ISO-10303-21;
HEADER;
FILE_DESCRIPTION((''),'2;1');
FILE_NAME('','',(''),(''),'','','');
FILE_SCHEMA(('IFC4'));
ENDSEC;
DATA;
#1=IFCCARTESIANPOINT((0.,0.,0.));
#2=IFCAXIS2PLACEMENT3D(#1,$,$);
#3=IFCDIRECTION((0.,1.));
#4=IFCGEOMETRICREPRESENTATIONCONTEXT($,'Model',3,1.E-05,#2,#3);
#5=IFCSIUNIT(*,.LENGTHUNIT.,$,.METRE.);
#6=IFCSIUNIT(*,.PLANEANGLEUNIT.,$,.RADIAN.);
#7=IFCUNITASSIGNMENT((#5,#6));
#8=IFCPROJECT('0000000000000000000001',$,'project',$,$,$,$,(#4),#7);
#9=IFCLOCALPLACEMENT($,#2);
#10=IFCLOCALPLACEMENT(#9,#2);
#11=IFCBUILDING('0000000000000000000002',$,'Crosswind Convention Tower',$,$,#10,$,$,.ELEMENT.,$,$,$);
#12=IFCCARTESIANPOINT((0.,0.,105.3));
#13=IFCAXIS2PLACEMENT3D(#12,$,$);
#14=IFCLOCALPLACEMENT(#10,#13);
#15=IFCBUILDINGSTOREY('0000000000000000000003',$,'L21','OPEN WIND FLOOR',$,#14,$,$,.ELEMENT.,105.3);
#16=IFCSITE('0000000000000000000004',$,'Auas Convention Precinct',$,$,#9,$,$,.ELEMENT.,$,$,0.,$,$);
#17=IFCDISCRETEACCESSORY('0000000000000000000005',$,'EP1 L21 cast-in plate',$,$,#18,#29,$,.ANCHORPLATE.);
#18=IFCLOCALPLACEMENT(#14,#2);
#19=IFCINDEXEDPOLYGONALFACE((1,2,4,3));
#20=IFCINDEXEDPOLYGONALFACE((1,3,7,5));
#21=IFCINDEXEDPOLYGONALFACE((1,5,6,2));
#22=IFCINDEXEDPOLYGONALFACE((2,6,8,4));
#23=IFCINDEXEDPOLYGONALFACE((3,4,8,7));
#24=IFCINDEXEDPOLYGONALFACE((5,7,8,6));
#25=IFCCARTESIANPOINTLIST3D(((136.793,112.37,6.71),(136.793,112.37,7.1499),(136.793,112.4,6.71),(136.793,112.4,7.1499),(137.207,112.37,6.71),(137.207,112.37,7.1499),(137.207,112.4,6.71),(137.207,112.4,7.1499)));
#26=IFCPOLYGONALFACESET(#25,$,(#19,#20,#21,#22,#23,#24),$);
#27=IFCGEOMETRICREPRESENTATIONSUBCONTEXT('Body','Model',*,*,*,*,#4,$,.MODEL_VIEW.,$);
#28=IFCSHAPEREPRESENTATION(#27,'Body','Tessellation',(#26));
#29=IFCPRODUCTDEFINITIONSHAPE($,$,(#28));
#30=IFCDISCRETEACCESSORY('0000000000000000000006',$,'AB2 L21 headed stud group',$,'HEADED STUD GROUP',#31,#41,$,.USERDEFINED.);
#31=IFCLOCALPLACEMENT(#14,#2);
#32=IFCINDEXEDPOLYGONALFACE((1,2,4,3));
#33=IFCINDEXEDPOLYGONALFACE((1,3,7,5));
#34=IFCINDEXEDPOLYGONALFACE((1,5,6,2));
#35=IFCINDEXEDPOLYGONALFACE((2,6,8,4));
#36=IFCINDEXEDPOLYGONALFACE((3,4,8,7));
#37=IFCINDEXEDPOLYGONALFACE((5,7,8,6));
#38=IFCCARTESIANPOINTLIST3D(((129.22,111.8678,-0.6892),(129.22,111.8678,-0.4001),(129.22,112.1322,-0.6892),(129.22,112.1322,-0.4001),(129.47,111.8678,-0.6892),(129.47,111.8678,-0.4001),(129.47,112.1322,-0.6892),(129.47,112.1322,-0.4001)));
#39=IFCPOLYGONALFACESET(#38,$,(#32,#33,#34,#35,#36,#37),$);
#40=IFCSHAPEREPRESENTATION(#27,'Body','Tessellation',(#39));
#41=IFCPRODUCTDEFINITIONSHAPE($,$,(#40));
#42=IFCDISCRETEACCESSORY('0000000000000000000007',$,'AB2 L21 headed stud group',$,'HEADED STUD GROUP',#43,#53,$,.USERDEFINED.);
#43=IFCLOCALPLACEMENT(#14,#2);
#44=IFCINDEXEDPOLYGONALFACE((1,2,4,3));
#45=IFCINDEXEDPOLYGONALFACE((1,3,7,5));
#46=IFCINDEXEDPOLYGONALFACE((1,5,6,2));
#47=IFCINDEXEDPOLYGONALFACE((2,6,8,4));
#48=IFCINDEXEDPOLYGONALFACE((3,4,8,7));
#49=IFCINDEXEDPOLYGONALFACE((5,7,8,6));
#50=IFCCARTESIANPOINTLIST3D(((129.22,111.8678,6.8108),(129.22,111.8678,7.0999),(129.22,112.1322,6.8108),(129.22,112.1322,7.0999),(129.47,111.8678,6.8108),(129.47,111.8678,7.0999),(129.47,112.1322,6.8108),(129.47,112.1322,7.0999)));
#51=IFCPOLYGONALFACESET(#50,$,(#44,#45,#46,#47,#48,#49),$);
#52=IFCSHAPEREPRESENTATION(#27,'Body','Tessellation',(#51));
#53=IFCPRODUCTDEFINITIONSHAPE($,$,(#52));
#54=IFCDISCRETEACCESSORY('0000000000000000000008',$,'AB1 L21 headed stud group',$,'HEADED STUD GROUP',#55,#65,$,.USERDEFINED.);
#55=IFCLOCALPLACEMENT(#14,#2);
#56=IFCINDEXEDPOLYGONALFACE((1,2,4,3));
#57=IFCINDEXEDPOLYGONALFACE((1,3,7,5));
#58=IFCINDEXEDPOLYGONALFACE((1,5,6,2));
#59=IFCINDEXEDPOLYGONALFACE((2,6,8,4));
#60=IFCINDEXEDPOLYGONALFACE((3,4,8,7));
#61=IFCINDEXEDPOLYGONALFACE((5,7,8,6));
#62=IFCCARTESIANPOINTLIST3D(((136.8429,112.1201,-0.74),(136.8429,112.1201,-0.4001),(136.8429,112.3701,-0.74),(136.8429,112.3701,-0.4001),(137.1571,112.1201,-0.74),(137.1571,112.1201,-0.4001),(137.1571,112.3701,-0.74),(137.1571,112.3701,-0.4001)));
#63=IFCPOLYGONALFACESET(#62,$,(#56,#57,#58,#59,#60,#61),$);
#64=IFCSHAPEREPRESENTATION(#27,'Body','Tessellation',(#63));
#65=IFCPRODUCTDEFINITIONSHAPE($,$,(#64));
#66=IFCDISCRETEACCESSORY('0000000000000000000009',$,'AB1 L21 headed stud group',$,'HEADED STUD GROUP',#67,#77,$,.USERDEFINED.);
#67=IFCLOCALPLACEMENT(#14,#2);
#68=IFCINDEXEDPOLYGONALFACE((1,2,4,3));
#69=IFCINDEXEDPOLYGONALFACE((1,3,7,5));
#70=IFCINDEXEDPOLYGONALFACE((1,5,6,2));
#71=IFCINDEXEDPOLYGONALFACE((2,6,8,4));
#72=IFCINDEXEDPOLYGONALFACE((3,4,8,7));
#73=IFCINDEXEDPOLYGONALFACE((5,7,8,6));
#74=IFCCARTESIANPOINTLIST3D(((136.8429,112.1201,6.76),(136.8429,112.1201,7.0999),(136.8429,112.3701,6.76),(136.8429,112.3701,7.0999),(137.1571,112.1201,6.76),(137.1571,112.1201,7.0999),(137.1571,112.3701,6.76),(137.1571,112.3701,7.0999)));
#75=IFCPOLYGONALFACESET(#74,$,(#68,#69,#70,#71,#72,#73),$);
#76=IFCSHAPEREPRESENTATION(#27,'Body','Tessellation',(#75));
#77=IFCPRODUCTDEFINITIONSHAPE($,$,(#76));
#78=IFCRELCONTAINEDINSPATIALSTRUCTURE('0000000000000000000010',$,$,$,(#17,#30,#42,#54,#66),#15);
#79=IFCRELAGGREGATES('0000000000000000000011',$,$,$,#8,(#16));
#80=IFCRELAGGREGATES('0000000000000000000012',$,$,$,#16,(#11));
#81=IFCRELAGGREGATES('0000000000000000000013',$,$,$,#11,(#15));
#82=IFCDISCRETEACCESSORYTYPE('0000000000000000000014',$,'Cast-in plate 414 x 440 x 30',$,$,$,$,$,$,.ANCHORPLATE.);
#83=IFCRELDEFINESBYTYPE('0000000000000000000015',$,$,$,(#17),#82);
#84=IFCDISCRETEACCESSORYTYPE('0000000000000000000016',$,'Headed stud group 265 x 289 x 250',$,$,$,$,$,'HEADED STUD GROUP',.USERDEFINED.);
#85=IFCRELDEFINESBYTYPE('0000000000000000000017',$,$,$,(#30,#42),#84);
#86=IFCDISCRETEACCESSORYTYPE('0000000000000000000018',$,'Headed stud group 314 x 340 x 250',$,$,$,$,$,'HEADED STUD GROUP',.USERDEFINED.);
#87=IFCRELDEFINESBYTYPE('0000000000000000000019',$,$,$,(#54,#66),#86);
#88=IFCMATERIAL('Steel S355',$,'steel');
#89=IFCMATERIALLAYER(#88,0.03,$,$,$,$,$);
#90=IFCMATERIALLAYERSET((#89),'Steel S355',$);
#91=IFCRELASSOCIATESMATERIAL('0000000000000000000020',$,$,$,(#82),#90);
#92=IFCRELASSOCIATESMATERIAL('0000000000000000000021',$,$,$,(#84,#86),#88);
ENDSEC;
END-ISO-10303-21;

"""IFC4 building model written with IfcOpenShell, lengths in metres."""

from ifc_helpers import new_model, si_unit, direction, frame, origin, origin_2d, place, context, subcontext, project, spatial, rectangle, extrude, material, layer, layer_set, type_object, element, save


model = new_model("IFC4")

# Units and contexts
model_context = context("Model", 3, precision=1e-05, world=origin(), true_north=direction((0.0, 1.0)))
body_context = subcontext(model_context, "Body", "Model", "MODEL_VIEW")
ifc_project = project(units=[si_unit("LENGTHUNIT", "METRE"), si_unit("PLANEANGLEUNIT", "RADIAN")], contexts=[model_context])

# Site, building, storey
site_placement = place(None, origin())
site = spatial("IfcSite", under=ifc_project, at=site_placement, Name="Auas Convention Precinct", CompositionType="ELEMENT", RefElevation=0.0)
building_placement = place(site_placement, origin())
building = spatial("IfcBuilding", under=site, at=building_placement, Name="Crosswind Convention Tower", CompositionType="ELEMENT")
storey_placement = place(building_placement, frame((0.0, 0.0, 105.3)))
storey = spatial("IfcBuildingStorey", under=building, at=storey_placement, Name="L21", Description="OPEN WIND FLOOR", CompositionType="ELEMENT", Elevation=105.3)

# Shared definitions
ifc_material_1 = material(Name="Steel S355", Category="steel")

# Discrete accessories
ifc_layer_1 = layer(ifc_material_1, 0.03)
ifc_layer_set_1 = layer_set([ifc_layer_1], Name="Steel S355")
discrete_accessory_type_1 = type_object("IfcDiscreteAccessoryType", Name="Cast-in plate 414 x 440 x 30", PredefinedType="ANCHORPLATE", material=ifc_layer_set_1)
for number, where, z_axis, x_axis, name in (
    (1, (137.0, 112.385, 6.71), (0.0, 0.0, 1.0), (1.0, 0.0, 0.0), "EP1 L21 cast-in plate"),
):
    element("IfcDiscreteAccessory", number, at=place(storey_placement, frame(where, z_axis=z_axis, x_axis=x_axis)), inside=storey, type_object=discrete_accessory_type_1, Name=name, PredefinedType="ANCHORPLATE", context=body_context, shape_type="SweptSolid", body=[
        extrude(rectangle(XDim=0.4141, YDim=0.03, at=origin_2d()), origin(), (0.0, 0.0, 1.0), 0.4399),
    ])
discrete_accessory_type_2 = type_object("IfcDiscreteAccessoryType", Name="Headed stud group 265 x 289 x 250", ElementType="HEADED STUD GROUP", PredefinedType="USERDEFINED", material=ifc_material_1)
for number, where, z_axis, x_axis, name in (
    (2, (129.345, 112.0, -0.6892), (0.0, 0.0, 1.0), (1.0, 0.0, 0.0), "AB2 L21 headed stud group"),
    (3, (129.345, 112.0, 6.8108), (0.0, 0.0, 1.0), (1.0, 0.0, 0.0), "AB2 L21 headed stud group"),
):
    element("IfcDiscreteAccessory", number, at=place(storey_placement, frame(where, z_axis=z_axis, x_axis=x_axis)), inside=storey, type_object=discrete_accessory_type_2, Name=name, ObjectType="HEADED STUD GROUP", PredefinedType="USERDEFINED", context=body_context, shape_type="SweptSolid", body=[
        extrude(rectangle(XDim=0.25, YDim=0.2644, at=origin_2d()), origin(), (0.0, 0.0, 1.0), 0.2891),
    ])
discrete_accessory_type_3 = type_object("IfcDiscreteAccessoryType", Name="Headed stud group 314 x 340 x 250", ElementType="HEADED STUD GROUP", PredefinedType="USERDEFINED", material=ifc_material_1)
for number, where, z_axis, x_axis, name in (
    (4, (137.0, 112.2451, -0.74), (0.0, 0.0, 1.0), (1.0, 0.0, 0.0), "AB1 L21 headed stud group"),
    (5, (137.0, 112.2451, 6.76), (0.0, 0.0, 1.0), (1.0, 0.0, 0.0), "AB1 L21 headed stud group"),
):
    element("IfcDiscreteAccessory", number, at=place(storey_placement, frame(where, z_axis=z_axis, x_axis=x_axis)), inside=storey, type_object=discrete_accessory_type_3, Name=name, ObjectType="HEADED STUD GROUP", PredefinedType="USERDEFINED", context=body_context, shape_type="SweptSolid", body=[
        extrude(rectangle(XDim=0.3142, YDim=0.25, at=origin_2d()), origin(), (0.0, 0.0, 1.0), 0.3398),
    ])

save(model, "model.ifc")
